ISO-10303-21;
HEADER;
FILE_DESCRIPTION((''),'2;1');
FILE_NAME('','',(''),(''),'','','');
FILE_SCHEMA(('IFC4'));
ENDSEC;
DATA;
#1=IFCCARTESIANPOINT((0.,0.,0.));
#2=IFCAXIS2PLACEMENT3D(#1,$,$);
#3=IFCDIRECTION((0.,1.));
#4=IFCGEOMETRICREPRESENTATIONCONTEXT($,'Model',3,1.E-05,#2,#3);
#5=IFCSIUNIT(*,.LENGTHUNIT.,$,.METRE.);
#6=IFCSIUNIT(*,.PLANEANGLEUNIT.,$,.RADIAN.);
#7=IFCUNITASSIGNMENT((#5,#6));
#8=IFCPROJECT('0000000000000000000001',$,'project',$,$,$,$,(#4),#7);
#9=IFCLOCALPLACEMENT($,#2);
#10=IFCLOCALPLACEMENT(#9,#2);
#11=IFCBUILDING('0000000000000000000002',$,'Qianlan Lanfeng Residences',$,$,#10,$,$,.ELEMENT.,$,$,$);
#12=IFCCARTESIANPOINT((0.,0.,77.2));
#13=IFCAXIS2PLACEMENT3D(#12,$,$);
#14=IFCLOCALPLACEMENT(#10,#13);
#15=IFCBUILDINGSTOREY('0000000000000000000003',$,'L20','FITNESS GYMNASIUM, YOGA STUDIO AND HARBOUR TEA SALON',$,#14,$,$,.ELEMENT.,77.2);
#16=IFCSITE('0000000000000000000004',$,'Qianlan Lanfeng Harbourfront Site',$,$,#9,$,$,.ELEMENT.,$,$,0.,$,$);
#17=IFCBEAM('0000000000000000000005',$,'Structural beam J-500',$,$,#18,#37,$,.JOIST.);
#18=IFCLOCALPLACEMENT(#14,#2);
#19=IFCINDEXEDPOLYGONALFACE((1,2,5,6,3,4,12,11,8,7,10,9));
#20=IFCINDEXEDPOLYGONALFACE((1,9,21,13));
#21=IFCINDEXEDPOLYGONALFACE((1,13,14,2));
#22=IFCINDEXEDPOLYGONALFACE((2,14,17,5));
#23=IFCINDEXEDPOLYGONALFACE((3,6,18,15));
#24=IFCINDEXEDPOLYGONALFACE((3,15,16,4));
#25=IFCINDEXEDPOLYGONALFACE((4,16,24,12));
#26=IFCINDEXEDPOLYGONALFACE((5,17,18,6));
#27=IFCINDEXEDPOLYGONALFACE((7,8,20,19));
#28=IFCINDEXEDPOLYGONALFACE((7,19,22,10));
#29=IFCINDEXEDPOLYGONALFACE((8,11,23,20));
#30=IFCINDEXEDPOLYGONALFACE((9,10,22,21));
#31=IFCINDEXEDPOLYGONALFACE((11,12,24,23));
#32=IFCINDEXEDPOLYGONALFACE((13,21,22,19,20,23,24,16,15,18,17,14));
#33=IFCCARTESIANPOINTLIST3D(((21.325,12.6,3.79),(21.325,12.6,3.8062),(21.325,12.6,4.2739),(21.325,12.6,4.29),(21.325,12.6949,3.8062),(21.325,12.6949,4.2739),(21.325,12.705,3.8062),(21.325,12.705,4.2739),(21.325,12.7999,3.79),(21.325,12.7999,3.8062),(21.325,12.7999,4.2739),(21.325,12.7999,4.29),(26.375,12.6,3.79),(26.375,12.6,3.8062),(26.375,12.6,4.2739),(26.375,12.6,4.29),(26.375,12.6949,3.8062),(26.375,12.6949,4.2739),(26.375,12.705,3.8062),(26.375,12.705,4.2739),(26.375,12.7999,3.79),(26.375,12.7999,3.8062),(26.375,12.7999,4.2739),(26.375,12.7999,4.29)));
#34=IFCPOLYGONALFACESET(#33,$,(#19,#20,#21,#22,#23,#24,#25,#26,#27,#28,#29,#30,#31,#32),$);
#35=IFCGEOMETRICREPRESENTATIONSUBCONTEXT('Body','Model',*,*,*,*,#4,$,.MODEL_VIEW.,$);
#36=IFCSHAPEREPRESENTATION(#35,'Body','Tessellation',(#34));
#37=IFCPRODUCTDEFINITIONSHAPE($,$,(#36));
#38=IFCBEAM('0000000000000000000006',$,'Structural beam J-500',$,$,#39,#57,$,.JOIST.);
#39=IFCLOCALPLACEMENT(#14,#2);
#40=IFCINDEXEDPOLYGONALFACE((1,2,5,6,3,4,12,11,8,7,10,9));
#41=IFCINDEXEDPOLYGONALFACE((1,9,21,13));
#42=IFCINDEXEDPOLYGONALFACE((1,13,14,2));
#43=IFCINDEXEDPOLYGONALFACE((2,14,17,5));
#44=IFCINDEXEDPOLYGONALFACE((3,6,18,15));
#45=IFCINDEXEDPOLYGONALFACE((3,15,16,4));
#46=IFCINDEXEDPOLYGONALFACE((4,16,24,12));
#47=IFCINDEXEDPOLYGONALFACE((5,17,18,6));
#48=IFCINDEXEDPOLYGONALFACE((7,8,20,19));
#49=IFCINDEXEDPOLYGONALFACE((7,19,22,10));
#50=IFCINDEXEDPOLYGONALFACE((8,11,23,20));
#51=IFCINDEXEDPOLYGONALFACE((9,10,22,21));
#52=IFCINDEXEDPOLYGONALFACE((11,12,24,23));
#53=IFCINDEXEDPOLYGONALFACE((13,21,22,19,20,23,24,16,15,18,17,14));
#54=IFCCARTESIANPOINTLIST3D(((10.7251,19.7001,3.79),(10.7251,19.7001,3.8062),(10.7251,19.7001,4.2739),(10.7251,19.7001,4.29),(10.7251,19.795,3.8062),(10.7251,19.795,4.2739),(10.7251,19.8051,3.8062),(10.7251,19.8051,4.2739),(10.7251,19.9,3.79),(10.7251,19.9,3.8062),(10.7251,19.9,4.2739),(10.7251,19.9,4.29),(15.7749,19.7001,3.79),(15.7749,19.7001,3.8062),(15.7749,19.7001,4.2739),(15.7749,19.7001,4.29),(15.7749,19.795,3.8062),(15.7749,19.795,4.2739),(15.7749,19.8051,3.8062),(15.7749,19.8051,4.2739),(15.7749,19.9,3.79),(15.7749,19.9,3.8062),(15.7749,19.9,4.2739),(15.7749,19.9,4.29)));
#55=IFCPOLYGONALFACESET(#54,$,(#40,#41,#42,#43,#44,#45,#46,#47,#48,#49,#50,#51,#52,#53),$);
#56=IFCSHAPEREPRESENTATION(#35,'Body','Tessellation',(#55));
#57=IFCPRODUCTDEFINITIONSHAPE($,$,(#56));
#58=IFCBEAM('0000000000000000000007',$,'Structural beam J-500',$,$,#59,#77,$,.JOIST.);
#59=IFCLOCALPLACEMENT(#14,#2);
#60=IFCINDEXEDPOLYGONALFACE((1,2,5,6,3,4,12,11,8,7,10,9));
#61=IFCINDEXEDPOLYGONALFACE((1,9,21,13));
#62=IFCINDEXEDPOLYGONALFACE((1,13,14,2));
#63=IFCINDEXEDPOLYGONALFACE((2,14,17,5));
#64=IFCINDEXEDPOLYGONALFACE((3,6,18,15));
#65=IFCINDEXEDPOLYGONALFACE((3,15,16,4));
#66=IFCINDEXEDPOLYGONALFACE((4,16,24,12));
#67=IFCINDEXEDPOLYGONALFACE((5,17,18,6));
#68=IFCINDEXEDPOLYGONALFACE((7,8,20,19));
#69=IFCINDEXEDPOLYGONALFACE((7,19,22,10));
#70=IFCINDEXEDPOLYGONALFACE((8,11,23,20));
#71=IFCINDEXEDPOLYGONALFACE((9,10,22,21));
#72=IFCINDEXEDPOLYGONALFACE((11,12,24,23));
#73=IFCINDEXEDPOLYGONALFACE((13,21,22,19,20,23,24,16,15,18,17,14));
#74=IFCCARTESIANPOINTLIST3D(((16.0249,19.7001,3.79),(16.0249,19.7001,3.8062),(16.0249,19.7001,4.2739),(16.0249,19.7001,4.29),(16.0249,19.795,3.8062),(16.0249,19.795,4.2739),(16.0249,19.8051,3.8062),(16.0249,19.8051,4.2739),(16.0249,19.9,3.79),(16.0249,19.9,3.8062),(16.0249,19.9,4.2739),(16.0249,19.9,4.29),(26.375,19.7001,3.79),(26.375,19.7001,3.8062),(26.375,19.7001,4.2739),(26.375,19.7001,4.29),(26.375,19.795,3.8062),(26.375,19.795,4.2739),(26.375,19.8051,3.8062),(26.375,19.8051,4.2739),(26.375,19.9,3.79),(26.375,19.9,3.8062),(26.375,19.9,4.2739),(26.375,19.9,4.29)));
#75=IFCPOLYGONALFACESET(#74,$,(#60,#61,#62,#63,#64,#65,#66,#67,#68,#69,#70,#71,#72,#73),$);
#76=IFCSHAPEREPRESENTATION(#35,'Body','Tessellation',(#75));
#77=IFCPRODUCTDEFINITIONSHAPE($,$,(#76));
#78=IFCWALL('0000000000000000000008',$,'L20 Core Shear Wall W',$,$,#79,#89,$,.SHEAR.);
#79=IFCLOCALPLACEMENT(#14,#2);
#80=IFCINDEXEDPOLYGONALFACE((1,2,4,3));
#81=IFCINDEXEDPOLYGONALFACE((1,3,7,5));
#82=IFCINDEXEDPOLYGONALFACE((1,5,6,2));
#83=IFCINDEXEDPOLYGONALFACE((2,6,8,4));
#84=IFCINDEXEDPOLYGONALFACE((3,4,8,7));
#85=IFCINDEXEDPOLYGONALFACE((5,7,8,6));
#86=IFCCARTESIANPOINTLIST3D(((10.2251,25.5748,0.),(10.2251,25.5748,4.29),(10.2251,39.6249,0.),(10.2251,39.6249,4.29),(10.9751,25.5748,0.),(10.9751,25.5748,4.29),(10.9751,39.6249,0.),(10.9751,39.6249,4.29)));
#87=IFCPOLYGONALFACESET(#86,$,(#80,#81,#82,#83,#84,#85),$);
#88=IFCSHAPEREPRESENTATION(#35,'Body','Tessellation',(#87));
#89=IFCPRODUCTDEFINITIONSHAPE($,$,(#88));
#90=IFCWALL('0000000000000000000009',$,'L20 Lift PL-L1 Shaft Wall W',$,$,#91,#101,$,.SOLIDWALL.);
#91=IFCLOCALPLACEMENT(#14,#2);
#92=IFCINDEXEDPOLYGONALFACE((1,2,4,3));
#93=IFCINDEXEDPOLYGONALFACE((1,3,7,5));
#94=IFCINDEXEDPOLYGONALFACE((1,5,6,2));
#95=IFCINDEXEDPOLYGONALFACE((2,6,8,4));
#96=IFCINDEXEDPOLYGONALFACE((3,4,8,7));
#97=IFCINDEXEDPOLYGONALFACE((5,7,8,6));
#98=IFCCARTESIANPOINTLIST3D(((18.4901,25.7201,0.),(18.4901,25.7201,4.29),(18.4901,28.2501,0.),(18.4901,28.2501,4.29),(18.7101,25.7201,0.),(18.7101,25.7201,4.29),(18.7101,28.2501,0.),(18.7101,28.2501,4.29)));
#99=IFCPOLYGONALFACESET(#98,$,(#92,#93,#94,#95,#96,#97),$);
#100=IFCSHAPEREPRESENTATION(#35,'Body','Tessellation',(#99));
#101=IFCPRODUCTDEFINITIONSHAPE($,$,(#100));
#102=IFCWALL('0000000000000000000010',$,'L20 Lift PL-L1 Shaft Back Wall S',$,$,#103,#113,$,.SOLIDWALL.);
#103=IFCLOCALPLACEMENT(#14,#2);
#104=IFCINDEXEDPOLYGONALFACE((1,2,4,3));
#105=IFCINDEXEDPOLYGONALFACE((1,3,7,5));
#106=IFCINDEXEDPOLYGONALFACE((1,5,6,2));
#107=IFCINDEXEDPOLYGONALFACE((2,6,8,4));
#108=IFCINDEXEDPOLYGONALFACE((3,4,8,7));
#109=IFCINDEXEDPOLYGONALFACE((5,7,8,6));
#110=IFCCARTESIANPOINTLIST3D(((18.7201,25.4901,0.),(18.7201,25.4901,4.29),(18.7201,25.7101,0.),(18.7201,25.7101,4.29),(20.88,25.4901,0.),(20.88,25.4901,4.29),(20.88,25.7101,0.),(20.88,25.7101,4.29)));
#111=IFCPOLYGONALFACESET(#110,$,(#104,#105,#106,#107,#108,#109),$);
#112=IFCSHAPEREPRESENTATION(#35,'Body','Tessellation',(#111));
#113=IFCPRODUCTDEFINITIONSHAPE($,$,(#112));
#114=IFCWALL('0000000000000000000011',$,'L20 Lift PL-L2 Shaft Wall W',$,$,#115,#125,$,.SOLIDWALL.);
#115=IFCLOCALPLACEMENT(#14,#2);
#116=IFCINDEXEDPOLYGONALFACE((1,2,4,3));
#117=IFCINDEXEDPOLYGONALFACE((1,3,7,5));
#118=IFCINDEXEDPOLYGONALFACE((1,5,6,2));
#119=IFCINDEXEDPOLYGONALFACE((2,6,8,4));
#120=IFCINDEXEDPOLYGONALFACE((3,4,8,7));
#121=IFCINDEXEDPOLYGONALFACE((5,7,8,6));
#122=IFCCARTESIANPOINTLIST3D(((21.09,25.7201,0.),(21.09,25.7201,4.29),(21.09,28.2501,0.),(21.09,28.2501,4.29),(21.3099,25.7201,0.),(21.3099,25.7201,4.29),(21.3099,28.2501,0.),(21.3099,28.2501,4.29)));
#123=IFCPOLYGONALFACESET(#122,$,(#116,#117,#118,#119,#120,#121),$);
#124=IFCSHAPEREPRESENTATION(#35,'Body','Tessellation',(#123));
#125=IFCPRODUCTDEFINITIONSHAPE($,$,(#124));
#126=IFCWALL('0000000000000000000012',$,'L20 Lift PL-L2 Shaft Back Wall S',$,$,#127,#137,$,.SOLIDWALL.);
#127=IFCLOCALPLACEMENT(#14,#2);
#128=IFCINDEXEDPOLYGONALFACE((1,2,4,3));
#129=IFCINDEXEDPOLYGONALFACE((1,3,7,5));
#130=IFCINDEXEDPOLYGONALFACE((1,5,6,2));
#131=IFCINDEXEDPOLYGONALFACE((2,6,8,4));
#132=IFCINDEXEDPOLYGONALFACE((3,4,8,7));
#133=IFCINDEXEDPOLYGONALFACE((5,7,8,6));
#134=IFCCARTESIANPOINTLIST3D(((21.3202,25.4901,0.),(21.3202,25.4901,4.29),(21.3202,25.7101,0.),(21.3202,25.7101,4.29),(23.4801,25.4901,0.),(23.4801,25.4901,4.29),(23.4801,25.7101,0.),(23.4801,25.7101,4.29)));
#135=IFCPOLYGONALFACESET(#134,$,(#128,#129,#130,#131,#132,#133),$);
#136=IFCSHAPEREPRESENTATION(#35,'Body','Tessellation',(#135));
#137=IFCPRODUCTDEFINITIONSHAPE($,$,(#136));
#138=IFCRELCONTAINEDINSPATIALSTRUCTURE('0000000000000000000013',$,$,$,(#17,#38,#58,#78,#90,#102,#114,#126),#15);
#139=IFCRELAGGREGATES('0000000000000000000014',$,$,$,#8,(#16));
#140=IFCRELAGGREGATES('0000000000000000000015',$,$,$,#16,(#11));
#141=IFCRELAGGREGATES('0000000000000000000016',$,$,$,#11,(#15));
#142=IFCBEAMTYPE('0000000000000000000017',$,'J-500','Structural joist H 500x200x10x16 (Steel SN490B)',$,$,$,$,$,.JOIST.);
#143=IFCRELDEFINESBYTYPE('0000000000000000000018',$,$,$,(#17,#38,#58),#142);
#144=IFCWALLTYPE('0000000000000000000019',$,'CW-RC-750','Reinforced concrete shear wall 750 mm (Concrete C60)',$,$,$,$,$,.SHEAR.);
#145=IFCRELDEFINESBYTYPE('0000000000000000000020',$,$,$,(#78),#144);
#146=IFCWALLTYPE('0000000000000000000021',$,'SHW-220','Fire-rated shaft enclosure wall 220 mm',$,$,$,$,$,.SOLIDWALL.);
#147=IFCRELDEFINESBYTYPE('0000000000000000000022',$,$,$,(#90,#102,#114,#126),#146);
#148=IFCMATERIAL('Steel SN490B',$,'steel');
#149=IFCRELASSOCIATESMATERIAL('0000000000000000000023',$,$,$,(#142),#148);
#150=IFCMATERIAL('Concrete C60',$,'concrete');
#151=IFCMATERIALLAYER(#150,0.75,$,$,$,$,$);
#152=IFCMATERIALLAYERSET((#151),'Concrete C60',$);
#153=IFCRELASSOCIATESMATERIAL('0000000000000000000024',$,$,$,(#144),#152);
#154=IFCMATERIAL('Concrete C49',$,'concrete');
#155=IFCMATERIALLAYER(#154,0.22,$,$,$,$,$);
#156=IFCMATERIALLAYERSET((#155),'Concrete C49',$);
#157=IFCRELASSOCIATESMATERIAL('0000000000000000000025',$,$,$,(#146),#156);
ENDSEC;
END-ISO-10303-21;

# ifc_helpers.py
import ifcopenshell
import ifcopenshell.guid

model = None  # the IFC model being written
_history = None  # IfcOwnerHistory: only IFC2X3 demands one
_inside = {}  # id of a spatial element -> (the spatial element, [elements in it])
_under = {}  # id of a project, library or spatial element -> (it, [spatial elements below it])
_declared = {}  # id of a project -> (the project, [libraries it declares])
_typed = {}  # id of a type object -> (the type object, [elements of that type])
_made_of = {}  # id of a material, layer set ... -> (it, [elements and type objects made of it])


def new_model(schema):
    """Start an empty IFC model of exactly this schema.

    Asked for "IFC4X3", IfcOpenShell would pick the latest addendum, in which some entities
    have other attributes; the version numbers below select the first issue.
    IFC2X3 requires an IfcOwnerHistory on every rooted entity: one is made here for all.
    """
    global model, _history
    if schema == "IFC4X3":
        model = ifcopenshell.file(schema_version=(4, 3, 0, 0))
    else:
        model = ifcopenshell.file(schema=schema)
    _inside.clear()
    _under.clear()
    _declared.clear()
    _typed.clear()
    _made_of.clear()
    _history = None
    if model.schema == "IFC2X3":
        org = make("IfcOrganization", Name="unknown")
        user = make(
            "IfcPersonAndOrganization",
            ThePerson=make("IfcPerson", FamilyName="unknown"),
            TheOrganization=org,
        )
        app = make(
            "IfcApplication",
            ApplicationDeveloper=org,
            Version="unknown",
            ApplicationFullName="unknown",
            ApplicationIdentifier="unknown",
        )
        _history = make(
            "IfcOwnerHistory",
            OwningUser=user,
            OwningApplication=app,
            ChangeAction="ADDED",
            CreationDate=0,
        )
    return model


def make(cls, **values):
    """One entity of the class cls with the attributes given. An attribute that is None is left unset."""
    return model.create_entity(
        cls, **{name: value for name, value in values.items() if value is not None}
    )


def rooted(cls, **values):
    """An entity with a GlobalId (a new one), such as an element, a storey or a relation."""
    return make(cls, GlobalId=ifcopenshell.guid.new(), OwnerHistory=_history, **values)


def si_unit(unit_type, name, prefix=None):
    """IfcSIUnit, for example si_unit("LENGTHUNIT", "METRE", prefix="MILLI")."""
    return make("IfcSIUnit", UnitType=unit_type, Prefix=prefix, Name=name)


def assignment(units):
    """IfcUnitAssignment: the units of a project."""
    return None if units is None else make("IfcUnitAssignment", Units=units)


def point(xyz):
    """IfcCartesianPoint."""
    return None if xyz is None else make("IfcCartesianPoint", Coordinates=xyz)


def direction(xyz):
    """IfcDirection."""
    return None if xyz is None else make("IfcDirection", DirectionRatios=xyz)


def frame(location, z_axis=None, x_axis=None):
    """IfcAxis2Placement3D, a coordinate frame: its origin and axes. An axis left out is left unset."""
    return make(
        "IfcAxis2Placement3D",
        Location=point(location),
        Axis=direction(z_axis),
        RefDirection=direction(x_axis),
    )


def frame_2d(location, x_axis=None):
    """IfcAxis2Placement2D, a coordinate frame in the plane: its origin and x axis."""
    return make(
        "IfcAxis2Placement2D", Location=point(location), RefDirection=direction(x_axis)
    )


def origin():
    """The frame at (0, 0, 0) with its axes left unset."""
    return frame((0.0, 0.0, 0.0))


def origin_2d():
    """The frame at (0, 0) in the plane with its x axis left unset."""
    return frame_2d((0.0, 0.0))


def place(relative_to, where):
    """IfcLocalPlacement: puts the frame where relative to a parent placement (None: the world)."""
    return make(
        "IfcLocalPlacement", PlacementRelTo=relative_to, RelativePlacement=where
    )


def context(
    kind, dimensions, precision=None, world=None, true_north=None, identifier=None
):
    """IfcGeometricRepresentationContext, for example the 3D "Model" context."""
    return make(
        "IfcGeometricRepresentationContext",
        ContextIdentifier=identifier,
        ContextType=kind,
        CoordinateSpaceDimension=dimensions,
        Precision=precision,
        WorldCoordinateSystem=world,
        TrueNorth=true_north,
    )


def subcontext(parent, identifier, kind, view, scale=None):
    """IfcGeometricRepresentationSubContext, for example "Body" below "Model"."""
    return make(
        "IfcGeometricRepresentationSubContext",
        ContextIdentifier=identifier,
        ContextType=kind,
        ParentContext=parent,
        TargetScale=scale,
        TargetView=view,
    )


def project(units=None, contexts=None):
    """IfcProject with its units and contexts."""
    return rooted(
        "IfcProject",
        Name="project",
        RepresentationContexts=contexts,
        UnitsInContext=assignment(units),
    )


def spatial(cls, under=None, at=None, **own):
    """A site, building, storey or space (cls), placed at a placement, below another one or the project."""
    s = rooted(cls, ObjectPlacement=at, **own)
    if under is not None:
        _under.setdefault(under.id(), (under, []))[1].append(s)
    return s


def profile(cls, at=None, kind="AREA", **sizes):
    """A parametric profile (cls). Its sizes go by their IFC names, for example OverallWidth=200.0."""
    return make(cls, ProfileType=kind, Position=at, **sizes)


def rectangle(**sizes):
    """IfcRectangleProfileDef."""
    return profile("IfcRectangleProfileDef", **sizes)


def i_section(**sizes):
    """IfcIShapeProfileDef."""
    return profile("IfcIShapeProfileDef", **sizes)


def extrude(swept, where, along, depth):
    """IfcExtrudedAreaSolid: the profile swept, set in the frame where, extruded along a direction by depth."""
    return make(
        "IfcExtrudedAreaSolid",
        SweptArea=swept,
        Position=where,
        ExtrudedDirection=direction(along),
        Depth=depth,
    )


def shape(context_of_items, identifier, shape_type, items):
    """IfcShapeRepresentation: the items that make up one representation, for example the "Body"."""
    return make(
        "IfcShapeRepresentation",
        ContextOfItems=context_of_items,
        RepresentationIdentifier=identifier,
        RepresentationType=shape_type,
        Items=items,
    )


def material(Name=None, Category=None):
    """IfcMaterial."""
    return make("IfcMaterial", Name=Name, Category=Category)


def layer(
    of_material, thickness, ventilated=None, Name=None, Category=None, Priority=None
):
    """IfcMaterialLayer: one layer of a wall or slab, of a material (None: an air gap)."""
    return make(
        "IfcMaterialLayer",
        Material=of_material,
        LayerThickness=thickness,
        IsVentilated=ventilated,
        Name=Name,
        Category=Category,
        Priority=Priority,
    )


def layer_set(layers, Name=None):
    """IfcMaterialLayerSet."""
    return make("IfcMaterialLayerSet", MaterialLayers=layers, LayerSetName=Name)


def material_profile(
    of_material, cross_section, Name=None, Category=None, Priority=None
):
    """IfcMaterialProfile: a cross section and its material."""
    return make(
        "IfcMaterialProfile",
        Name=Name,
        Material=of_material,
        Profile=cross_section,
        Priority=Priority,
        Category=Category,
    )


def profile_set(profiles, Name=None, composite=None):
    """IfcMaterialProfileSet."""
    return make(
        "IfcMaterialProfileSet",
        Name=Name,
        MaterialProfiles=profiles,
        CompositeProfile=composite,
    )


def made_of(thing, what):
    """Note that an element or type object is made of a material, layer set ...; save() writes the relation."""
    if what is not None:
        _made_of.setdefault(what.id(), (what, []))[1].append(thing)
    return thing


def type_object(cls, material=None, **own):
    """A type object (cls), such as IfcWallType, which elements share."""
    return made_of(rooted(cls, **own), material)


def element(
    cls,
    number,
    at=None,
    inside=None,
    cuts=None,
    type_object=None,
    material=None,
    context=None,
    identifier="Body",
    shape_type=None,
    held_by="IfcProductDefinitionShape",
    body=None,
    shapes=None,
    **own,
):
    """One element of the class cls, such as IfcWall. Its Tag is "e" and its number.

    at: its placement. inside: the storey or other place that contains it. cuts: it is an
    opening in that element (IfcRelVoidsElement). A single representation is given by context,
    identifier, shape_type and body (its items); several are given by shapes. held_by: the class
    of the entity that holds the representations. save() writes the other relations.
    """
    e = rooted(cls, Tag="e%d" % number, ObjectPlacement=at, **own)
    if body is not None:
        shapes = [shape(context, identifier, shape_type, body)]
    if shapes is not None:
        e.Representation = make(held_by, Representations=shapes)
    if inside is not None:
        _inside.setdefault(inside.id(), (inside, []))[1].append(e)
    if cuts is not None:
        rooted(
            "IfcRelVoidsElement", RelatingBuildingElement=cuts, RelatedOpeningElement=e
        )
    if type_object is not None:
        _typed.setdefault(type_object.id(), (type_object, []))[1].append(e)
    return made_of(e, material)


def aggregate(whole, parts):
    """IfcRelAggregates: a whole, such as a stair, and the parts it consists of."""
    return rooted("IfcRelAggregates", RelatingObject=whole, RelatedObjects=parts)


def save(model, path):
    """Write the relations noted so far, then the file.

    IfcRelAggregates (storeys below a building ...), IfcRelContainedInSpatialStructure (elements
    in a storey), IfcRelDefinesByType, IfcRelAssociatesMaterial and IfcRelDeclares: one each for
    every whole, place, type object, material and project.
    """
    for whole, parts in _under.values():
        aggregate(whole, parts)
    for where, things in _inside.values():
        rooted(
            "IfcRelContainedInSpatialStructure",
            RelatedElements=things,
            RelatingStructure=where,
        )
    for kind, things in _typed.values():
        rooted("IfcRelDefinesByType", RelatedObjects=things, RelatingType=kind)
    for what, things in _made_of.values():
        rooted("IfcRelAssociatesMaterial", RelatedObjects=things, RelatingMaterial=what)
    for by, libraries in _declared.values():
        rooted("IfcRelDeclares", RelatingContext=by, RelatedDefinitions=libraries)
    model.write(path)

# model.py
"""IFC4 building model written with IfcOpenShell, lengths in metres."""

from ifc_helpers import new_model, si_unit, direction, frame, frame_2d, origin, origin_2d, place, context, subcontext, project, spatial, rectangle, i_section, extrude, material, layer, layer_set, material_profile, profile_set, type_object, element, save


model = new_model("IFC4")

# Units and contexts
model_context = context("Model", 3, precision=1e-05, world=origin(), true_north=direction((0.0, 1.0)))
body_context = subcontext(model_context, "Body", "Model", "MODEL_VIEW")
ifc_project = project(units=[si_unit("LENGTHUNIT", "METRE"), si_unit("PLANEANGLEUNIT", "RADIAN")], contexts=[model_context])

# Site, building, storey
site_placement = place(None, origin())
site = spatial("IfcSite", under=ifc_project, at=site_placement, Name="Qianlan Lanfeng Harbourfront Site", CompositionType="ELEMENT", RefElevation=0.0)
building_placement = place(site_placement, origin())
building = spatial("IfcBuilding", under=site, at=building_placement, Name="Qianlan Lanfeng Residences", CompositionType="ELEMENT")
storey_placement = place(building_placement, frame((0.0, 0.0, 77.2)))
storey = spatial("IfcBuildingStorey", under=building, at=storey_placement, Name="L20", Description="FITNESS GYMNASIUM, YOGA STUDIO AND HARBOUR TEA SALON", CompositionType="ELEMENT", Elevation=77.2)

# Shared definitions
ifc_material_1 = material(Name="Steel SN490B", Category="steel")

# Beams
ifc_material_profile_1 = material_profile(ifc_material_1, i_section(OverallWidth=0.2, OverallDepth=0.5, WebThickness=0.01, FlangeThickness=0.0161, at=origin_2d()), Name="H 500x200x10x16")
ifc_profile_set_1 = profile_set([ifc_material_profile_1], Name="Steel SN490B")
beam_type_1 = type_object("IfcBeamType", Name="J-500", Description="Structural joist H 500x200x10x16 (Steel SN490B)", PredefinedType="JOIST", material=ifc_profile_set_1)
for number, where, z_axis, x_axis, name in (
    (1, (21.325, 12.7, 4.04), (1.0, 0.0, 0.0), (0.0, 1.0, 0.0), "Structural beam J-500"),
):
    element("IfcBeam", number, at=place(storey_placement, frame(where, z_axis=z_axis, x_axis=x_axis)), inside=storey, type_object=beam_type_1, Name=name, PredefinedType="JOIST", context=body_context, shape_type="SweptSolid", body=[
        extrude(i_section(OverallWidth=0.2, OverallDepth=0.5, WebThickness=0.01, FlangeThickness=0.0161, at=origin_2d()), origin(), (0.0, 0.0, 1.0), 5.05),
    ])
beam_1_placement = place(storey_placement, frame((10.7251, 19.8, 4.04), z_axis=(1.0, 0.0, 0.0), x_axis=(0.0, 1.0, 0.0)))
element("IfcBeam", 2, at=beam_1_placement, inside=storey, type_object=beam_type_1, Name="Structural beam J-500", PredefinedType="JOIST", context=body_context, shape_type="SweptSolid", body=[
    extrude(i_section(OverallWidth=0.2, OverallDepth=0.5, WebThickness=0.01, FlangeThickness=0.0161, at=origin_2d()), origin(), (0.0, 0.0, 1.0), 5.0498),
])
beam_2_placement = place(storey_placement, frame((16.0249, 19.8, 4.04), z_axis=(1.0, 0.0, 0.0), x_axis=(0.0, 1.0, 0.0)))
element("IfcBeam", 3, at=beam_2_placement, inside=storey, type_object=beam_type_1, Name="Structural beam J-500", PredefinedType="JOIST", context=body_context, shape_type="SweptSolid", body=[
    extrude(i_section(OverallWidth=0.2, OverallDepth=0.5, WebThickness=0.01, FlangeThickness=0.0161, at=origin_2d()), origin(), (0.0, 0.0, 1.0), 10.3501),
])

# Wall
ifc_material_2 = material(Name="Concrete C60", Category="concrete")
ifc_layer_1 = layer(ifc_material_2, 0.75)
ifc_layer_set_1 = layer_set([ifc_layer_1], Name="Concrete C60")
wall_type_1 = type_object("IfcWallType", Name="CW-RC-750", Description="Reinforced concrete shear wall 750 mm (Concrete C60)", PredefinedType="SHEAR", material=ifc_layer_set_1)
wall_1_placement = place(storey_placement, frame((10.6001, 25.575, 0.0), z_axis=(0.0, 0.0, 1.0), x_axis=(0.0, 1.0, 0.0)))
element("IfcWall", 4, at=wall_1_placement, inside=storey, type_object=wall_type_1, Name="L20 Core Shear Wall W", PredefinedType="SHEAR", context=body_context, shape_type="SweptSolid", body=[
    extrude(rectangle(XDim=14.05, YDim=0.75, at=frame_2d((7.0249, 0.0))), origin(), (0.0, 0.0, 1.0), 4.29),
])

# Walls
ifc_material_3 = material(Name="Concrete C49", Category="concrete")
ifc_layer_2 = layer(ifc_material_3, 0.22)
ifc_layer_set_2 = layer_set([ifc_layer_2], Name="Concrete C49")
wall_type_2 = type_object("IfcWallType", Name="SHW-220", Description="Fire-rated shaft enclosure wall 220 mm", PredefinedType="SOLIDWALL", material=ifc_layer_set_2)
wall_2_placement = place(storey_placement, frame((18.6001, 25.72, 0.0), z_axis=(0.0, 0.0, 1.0), x_axis=(0.0, 1.0, 0.0)))
element("IfcWall", 5, at=wall_2_placement, inside=storey, type_object=wall_type_2, Name="L20 Lift PL-L1 Shaft Wall W", PredefinedType="SOLIDWALL", context=body_context, shape_type="SweptSolid", body=[
    extrude(rectangle(XDim=2.53, YDim=0.22, at=frame_2d((1.2651, 0.0))), origin(), (0.0, 0.0, 1.0), 4.29),
])
wall_3_placement = place(storey_placement, frame((18.72, 25.6001, 0.0), z_axis=(0.0, 0.0, 1.0), x_axis=(1.0, 0.0, 0.0)))
element("IfcWall", 6, at=wall_3_placement, inside=storey, type_object=wall_type_2, Name="L20 Lift PL-L1 Shaft Back Wall S", PredefinedType="SOLIDWALL", context=body_context, shape_type="SweptSolid", body=[
    extrude(rectangle(XDim=2.1599, YDim=0.22, at=frame_2d((1.0801, 0.0))), origin(), (0.0, 0.0, 1.0), 4.29),
])
wall_4_placement = place(storey_placement, frame((21.2, 25.72, 0.0), z_axis=(0.0, 0.0, 1.0), x_axis=(0.0, 1.0, 0.0)))
element("IfcWall", 7, at=wall_4_placement, inside=storey, type_object=wall_type_2, Name="L20 Lift PL-L2 Shaft Wall W", PredefinedType="SOLIDWALL", context=body_context, shape_type="SweptSolid", body=[
    extrude(rectangle(XDim=2.53, YDim=0.22, at=frame_2d((1.2651, 0.0))), origin(), (0.0, 0.0, 1.0), 4.29),
])
wall_5_placement = place(storey_placement, frame((21.3201, 25.6001, 0.0), z_axis=(0.0, 0.0, 1.0), x_axis=(1.0, 0.0, 0.0)))
element("IfcWall", 8, at=wall_5_placement, inside=storey, type_object=wall_type_2, Name="L20 Lift PL-L2 Shaft Back Wall S", PredefinedType="SOLIDWALL", context=body_context, shape_type="SweptSolid", body=[
    extrude(rectangle(XDim=2.1599, YDim=0.22, at=frame_2d((1.0801, 0.0))), origin(), (0.0, 0.0, 1.0), 4.29),
])

save(model, "model.ifc")
